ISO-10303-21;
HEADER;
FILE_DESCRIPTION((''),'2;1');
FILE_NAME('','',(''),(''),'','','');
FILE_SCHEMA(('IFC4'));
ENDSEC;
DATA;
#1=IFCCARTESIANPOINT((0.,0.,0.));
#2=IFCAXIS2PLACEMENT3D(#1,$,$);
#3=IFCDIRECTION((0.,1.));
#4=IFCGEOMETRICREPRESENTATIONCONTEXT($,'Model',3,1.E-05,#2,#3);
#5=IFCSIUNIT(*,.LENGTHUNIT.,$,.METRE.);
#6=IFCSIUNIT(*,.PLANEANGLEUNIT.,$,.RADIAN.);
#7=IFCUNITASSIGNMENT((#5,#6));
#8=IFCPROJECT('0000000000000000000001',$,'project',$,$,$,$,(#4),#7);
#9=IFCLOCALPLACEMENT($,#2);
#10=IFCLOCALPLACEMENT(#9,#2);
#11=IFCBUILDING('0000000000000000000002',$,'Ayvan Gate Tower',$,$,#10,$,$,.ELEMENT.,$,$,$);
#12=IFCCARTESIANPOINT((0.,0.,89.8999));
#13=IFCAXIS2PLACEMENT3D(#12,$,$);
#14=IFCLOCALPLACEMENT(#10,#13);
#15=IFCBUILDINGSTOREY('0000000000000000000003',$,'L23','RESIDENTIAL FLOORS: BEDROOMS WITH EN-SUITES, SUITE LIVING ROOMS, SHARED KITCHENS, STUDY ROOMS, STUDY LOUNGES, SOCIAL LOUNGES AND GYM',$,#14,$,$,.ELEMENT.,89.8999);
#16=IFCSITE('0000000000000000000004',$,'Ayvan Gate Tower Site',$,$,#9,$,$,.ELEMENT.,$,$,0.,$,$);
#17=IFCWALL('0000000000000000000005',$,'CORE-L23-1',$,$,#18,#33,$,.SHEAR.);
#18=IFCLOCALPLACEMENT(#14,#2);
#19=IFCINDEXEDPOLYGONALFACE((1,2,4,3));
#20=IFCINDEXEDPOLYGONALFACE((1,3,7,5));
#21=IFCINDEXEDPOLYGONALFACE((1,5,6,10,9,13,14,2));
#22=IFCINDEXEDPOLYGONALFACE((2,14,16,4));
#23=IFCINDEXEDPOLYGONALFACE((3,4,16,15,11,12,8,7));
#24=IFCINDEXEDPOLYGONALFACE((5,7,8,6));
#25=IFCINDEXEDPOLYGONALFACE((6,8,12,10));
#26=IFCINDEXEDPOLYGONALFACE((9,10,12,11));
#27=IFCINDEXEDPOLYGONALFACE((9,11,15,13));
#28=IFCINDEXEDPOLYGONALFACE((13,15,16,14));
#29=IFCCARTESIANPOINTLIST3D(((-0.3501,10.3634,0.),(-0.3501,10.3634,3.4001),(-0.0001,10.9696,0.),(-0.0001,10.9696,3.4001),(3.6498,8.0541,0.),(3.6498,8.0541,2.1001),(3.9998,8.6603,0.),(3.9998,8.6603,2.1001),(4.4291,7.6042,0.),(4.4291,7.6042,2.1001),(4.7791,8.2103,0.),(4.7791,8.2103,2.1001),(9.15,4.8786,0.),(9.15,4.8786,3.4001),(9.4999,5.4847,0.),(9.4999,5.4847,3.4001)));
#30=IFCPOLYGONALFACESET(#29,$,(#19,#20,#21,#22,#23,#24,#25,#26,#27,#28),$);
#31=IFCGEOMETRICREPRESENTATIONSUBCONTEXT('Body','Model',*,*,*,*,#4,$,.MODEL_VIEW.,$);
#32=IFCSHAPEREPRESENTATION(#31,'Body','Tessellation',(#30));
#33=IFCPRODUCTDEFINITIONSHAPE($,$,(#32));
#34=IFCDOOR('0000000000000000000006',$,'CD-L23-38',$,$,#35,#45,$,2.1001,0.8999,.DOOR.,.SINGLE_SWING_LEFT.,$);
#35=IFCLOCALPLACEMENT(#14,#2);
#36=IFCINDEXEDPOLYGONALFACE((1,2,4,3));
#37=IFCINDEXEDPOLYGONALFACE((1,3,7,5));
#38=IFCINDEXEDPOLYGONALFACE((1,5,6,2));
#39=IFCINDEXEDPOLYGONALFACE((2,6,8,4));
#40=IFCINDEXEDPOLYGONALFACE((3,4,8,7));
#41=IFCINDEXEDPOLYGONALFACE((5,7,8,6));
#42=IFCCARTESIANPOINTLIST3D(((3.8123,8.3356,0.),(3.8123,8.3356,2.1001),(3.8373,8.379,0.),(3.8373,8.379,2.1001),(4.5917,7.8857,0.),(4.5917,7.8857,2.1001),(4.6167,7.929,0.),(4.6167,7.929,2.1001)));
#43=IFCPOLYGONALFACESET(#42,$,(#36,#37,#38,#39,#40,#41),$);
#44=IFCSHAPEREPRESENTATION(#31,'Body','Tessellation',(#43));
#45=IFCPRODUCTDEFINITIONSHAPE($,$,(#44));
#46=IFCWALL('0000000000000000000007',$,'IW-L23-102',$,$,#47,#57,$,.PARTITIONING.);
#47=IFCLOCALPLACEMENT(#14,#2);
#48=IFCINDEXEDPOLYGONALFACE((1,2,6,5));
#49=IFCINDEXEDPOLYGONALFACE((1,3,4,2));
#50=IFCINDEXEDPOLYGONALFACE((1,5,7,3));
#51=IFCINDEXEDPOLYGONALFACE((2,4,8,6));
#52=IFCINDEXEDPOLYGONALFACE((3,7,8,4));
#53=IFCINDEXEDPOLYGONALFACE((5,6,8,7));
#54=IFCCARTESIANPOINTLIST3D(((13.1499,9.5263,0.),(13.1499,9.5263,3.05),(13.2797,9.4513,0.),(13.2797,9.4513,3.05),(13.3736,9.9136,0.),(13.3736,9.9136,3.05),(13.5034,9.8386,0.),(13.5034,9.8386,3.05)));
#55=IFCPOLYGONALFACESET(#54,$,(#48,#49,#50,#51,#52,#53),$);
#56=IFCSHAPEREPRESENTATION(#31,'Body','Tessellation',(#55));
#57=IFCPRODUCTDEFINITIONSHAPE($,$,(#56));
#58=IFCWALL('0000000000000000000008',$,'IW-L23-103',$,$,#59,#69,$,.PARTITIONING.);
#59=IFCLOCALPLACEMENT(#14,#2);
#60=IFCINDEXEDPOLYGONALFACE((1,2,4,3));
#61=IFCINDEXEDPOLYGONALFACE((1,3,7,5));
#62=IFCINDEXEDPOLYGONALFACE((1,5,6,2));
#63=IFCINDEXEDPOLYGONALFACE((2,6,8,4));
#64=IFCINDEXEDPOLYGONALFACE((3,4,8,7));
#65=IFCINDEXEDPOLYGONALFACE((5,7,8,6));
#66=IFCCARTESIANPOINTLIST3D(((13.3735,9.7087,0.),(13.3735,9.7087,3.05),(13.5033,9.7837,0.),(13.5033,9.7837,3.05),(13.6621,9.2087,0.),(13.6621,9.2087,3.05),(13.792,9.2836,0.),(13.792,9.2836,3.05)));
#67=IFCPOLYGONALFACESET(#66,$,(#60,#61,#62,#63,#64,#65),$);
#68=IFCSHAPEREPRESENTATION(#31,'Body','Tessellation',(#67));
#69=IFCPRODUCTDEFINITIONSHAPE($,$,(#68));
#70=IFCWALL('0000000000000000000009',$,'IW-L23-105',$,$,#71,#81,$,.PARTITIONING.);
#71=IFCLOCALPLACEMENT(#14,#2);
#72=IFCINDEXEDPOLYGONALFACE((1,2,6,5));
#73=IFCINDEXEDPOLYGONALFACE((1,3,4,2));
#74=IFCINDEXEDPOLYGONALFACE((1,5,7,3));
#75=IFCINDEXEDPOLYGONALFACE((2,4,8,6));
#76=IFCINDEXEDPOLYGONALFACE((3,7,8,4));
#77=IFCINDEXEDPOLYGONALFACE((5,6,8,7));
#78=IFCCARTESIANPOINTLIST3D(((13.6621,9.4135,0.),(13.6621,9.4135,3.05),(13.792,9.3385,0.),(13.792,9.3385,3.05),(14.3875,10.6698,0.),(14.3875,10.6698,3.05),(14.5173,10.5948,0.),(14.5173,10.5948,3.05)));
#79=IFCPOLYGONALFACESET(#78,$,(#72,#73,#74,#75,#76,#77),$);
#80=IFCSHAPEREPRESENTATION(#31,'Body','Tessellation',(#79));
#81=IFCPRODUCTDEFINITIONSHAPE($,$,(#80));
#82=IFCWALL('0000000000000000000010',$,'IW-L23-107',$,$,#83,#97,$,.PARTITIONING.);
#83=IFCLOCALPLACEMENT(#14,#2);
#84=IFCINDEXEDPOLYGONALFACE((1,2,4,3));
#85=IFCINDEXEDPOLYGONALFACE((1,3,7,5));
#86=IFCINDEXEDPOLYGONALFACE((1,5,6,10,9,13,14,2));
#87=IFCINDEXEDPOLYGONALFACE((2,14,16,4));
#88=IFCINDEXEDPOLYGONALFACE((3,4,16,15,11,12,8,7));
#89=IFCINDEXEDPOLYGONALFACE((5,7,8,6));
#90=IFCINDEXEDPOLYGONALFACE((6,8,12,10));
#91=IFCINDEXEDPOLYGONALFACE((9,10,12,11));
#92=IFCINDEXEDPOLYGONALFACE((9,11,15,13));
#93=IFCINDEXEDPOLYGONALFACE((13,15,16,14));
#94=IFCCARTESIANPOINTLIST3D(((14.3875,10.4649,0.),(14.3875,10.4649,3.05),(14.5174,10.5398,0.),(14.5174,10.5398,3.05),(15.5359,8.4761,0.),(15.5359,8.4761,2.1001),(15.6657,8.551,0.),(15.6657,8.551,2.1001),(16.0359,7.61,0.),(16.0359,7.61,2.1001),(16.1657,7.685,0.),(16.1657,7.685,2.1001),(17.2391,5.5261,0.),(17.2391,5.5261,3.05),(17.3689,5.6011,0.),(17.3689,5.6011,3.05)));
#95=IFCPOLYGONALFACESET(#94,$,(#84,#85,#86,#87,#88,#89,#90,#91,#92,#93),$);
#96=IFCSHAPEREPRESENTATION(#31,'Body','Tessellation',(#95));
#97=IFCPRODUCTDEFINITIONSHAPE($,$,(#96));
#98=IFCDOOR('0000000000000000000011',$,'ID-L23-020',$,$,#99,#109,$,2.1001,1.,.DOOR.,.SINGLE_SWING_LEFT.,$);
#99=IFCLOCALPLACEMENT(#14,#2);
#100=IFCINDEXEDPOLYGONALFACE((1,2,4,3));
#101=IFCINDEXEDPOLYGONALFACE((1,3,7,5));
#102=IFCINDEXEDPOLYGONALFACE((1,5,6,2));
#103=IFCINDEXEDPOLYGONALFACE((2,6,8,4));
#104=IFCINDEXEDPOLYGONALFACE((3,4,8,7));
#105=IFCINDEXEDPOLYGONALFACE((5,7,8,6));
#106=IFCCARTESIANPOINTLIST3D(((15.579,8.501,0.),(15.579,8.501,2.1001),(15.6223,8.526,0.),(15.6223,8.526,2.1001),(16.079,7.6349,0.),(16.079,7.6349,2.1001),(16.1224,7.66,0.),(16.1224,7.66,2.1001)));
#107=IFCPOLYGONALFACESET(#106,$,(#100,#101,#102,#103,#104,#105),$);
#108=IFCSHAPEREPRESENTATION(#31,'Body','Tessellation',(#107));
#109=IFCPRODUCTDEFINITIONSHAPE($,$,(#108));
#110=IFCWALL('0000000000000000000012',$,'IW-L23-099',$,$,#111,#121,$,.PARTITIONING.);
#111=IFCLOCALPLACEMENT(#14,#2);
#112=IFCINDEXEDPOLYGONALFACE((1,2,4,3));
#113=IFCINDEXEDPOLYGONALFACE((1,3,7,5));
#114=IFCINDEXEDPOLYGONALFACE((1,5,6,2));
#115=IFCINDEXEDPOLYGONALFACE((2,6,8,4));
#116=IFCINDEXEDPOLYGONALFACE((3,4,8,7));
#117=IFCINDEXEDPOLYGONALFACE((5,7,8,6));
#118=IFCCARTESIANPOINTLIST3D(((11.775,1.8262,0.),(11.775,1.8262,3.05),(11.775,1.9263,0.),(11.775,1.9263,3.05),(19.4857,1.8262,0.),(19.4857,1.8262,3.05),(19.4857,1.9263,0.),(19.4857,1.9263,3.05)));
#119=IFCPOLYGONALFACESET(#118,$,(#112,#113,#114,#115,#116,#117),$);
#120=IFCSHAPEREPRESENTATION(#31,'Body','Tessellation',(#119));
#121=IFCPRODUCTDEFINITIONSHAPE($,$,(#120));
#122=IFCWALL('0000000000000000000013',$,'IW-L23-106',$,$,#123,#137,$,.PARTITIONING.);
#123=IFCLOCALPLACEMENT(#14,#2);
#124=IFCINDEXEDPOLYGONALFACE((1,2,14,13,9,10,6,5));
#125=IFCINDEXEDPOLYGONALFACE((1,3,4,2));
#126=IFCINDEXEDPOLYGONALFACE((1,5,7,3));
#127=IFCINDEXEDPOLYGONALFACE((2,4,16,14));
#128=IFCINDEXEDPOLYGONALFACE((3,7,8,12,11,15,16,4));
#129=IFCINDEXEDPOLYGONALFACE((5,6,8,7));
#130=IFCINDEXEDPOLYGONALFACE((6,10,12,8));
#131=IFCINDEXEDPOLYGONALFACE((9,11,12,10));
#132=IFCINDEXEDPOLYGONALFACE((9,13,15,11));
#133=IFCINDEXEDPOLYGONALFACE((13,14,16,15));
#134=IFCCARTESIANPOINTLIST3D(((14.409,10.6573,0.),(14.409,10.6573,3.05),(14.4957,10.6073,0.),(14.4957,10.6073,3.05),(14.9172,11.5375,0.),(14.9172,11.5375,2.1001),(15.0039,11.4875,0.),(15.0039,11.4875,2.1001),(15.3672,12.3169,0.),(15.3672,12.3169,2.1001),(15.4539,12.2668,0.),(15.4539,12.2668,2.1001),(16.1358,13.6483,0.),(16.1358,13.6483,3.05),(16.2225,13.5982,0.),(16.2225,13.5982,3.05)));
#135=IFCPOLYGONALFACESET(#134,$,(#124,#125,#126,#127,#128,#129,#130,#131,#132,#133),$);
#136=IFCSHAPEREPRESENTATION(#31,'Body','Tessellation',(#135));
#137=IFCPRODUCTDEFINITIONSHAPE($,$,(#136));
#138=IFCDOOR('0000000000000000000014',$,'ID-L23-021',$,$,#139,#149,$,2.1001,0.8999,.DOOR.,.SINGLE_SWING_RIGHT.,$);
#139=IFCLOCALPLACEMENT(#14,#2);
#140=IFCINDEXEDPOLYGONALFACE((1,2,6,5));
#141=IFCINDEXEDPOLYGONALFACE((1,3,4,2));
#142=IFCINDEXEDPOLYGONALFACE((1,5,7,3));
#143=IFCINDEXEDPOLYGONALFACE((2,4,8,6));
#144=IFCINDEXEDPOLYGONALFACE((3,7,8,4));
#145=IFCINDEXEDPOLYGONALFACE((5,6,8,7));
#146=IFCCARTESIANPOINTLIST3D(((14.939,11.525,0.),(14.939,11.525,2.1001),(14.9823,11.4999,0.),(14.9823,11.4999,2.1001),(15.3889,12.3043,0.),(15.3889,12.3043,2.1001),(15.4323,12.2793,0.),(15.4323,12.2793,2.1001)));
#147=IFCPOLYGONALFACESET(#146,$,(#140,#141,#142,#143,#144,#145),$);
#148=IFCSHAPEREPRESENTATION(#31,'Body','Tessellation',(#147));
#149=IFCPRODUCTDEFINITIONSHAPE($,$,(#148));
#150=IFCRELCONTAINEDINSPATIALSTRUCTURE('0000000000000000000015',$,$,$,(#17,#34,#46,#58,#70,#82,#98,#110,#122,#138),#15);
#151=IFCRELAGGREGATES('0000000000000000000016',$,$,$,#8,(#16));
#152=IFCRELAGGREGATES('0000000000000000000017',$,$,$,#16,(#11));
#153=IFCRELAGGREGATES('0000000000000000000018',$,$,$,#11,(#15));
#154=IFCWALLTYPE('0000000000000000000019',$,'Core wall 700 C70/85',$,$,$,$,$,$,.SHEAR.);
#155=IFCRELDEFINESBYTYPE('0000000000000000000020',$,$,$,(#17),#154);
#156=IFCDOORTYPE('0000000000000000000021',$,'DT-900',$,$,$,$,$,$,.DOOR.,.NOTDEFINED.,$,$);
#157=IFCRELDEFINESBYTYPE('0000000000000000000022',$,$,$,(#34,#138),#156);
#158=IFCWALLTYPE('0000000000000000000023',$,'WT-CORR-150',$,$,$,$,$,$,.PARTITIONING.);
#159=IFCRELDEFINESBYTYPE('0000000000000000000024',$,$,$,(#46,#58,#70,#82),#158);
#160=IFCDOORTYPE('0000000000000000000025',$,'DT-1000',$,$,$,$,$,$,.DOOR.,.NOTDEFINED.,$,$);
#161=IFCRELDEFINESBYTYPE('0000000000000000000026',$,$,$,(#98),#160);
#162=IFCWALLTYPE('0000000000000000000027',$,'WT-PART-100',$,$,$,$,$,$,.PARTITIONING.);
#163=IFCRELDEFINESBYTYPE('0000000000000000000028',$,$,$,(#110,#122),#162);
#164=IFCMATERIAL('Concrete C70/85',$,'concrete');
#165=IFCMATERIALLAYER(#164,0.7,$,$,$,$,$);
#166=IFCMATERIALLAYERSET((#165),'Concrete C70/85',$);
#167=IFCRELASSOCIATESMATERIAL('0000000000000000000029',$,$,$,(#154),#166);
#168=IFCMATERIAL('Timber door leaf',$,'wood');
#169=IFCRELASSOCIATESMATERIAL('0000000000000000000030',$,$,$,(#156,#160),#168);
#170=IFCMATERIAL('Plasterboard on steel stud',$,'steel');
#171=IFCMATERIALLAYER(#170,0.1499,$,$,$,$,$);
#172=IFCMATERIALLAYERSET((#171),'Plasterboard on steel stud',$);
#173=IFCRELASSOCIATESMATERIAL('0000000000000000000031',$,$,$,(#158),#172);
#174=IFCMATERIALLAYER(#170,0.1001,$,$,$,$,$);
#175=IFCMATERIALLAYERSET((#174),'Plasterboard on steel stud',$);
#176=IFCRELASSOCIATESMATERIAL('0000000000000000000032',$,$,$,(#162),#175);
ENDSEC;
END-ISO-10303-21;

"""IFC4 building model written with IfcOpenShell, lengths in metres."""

from ifc_helpers import new_model, si_unit, direction, frame, frame_2d, origin, place, context, subcontext, project, spatial, rectangle, extrude, material, layer, layer_set, type_object, element, fill, save


model = new_model("IFC4")

# Units and contexts
model_context = context("Model", 3, precision=1e-05, world=origin(), true_north=direction((0.0, 1.0)))
body_context = subcontext(model_context, "Body", "Model", "MODEL_VIEW")
ifc_project = project(units=[si_unit("LENGTHUNIT", "METRE"), si_unit("PLANEANGLEUNIT", "RADIAN")], contexts=[model_context])

# Site, building, storey
site_placement = place(None, origin())
site = spatial("IfcSite", under=ifc_project, at=site_placement, Name="Ayvan Gate Tower Site", CompositionType="ELEMENT", RefElevation=0.0)
building_placement = place(site_placement, origin())
building = spatial("IfcBuilding", under=site, at=building_placement, Name="Ayvan Gate Tower", CompositionType="ELEMENT")
storey_placement = place(building_placement, frame((0.0, 0.0, 89.8999)))
storey = spatial("IfcBuildingStorey", under=building, at=storey_placement, Name="L23", Description="RESIDENTIAL FLOORS: BEDROOMS WITH EN-SUITES, SUITE LIVING ROOMS, SHARED KITCHENS, STUDY ROOMS, STUDY LOUNGES, SOCIAL LOUNGES AND GYM", CompositionType="ELEMENT", Elevation=89.8999)

# Wall, opening, door
ifc_material_1 = material(Name="Concrete C70/85", Category="concrete")
ifc_layer_1 = layer(ifc_material_1, 0.7)
ifc_layer_set_1 = layer_set([ifc_layer_1], Name="Concrete C70/85")
wall_type_1 = type_object("IfcWallType", Name="Core wall 700 C70/85", PredefinedType="SHEAR", material=ifc_layer_set_1)
wall_1_placement = place(storey_placement, frame((9.325, 5.1816, 0.0), z_axis=(0.0, 0.0, 1.0), x_axis=(-0.866024, 0.500002, 0.0)))
wall_1 = element("IfcWall", 1, at=wall_1_placement, inside=storey, type_object=wall_type_1, Name="CORE-L23-1", PredefinedType="SHEAR", context=body_context, shape_type="SweptSolid", body=[
    extrude(rectangle(XDim=10.9697, YDim=0.7, at=frame_2d((5.4849, 0.0))), origin(), (0.0, 0.0, 1.0), 3.4001),
])
opening_1_placement = place(wall_1_placement, frame((5.4512, 0.0, 0.0)))
opening_1 = element("IfcOpeningElement", 2, at=opening_1_placement, cuts=wall_1, PredefinedType="OPENING", context=body_context, shape_type="SweptSolid", body=[
    extrude(rectangle(XDim=0.8999, YDim=2.1001, at=frame_2d((0.45, 1.05))), frame((0.0, 0.3599, 0.0), z_axis=(0.0, -1.0, 0.0), x_axis=(1.0, 0.0, 0.0)), (0.0, 0.0, 1.0), 0.72),
])
ifc_material_2 = material(Name="Timber door leaf", Category="wood")
door_type_1 = type_object("IfcDoorType", Name="DT-900", OperationType="NOTDEFINED", PredefinedType="DOOR", material=ifc_material_2)
door_1_placement = place(opening_1_placement, origin())
door_1 = element("IfcDoor", 3, at=door_1_placement, inside=storey, type_object=door_type_1, Name="CD-L23-38", OperationType="SINGLE_SWING_LEFT", OverallHeight=2.1001, OverallWidth=0.8999, PredefinedType="DOOR", context=body_context, shape_type="SweptSolid", body=[
    extrude(rectangle(XDim=0.8999, YDim=2.1001, at=frame_2d((0.45, 1.05))), frame((0.0, 0.0249, 0.0), z_axis=(0.0, -1.0, 0.0), x_axis=(1.0, 0.0, 0.0)), (0.0, 0.0, 1.0), 0.05),
])
fill(opening_1, door_1)

# Walls
ifc_material_3 = material(Name="Plasterboard on steel stud", Category="steel")
ifc_layer_2 = layer(ifc_material_3, 0.1499)
ifc_layer_set_2 = layer_set([ifc_layer_2], Name="Plasterboard on steel stud")
wall_type_2 = type_object("IfcWallType", Name="WT-CORR-150", PredefinedType="PARTITIONING", material=ifc_layer_set_2)
wall_2_placement = place(storey_placement, frame((13.2148, 9.4888, 0.0), z_axis=(0.0, 0.0, 1.0), x_axis=(0.500132, 0.865949, 0.0)))
element("IfcWall", 4, at=wall_2_placement, inside=storey, type_object=wall_type_2, Name="IW-L23-102", PredefinedType="PARTITIONING", context=body_context, shape_type="SweptSolid", body=[
    extrude(rectangle(XDim=0.4473, YDim=0.1499, at=frame_2d((0.2236, 0.0))), origin(), (0.0, 0.0, 1.0), 3.05),
])
wall_3_placement = place(storey_placement, frame((13.4385, 9.7461, 0.0), z_axis=(0.0, 0.0, 1.0), x_axis=(0.499869, -0.866101, 0.0)))
element("IfcWall", 5, at=wall_3_placement, inside=storey, type_object=wall_type_2, Name="IW-L23-103", PredefinedType="PARTITIONING", context=body_context, shape_type="SweptSolid", body=[
    extrude(rectangle(XDim=0.5774, YDim=0.1499, at=frame_2d((0.2886, 0.0))), origin(), (0.0, 0.0, 1.0), 3.05),
])
wall_4_placement = place(storey_placement, frame((13.7271, 9.376, 0.0), z_axis=(0.0, 0.0, 1.0), x_axis=(0.499994, 0.866029, 0.0)))
element("IfcWall", 6, at=wall_4_placement, inside=storey, type_object=wall_type_2, Name="IW-L23-105", PredefinedType="PARTITIONING", context=body_context, shape_type="SweptSolid", body=[
    extrude(rectangle(XDim=1.4507, YDim=0.1499, at=frame_2d((0.7253, 0.0))), origin(), (0.0, 0.0, 1.0), 3.05),
])

# Wall, opening, door
wall_5_placement = place(storey_placement, frame((14.4524, 10.5024, 0.0), z_axis=(0.0, 0.0, 1.0), x_axis=(0.500025, -0.866011, 0.0)))
wall_5 = element("IfcWall", 7, at=wall_5_placement, inside=storey, type_object=wall_type_2, Name="IW-L23-107", PredefinedType="PARTITIONING", context=body_context, shape_type="SweptSolid", body=[
    extrude(rectangle(XDim=5.7029, YDim=0.1499, at=frame_2d((2.8516, 0.0))), origin(), (0.0, 0.0, 1.0), 3.05),
])
opening_2_placement = place(wall_5_placement, frame((2.2966, 0.0, 0.0)))
opening_2 = element("IfcOpeningElement", 8, at=opening_2_placement, cuts=wall_5, PredefinedType="OPENING", context=body_context, shape_type="SweptSolid", body=[
    extrude(rectangle(XDim=1.0, YDim=2.1001, at=frame_2d((0.5, 1.05))), frame((0.0, 0.085, 0.0), z_axis=(0.0, -1.0, 0.0), x_axis=(1.0, 0.0, 0.0)), (0.0, 0.0, 1.0), 0.1699),
])
door_type_2 = type_object("IfcDoorType", Name="DT-1000", OperationType="NOTDEFINED", PredefinedType="DOOR", material=ifc_material_2)
door_2_placement = place(opening_2_placement, origin())
door_2 = element("IfcDoor", 9, at=door_2_placement, inside=storey, type_object=door_type_2, Name="ID-L23-020", OperationType="SINGLE_SWING_LEFT", OverallHeight=2.1001, OverallWidth=1.0, PredefinedType="DOOR", context=body_context, shape_type="SweptSolid", body=[
    extrude(rectangle(XDim=1.0, YDim=2.1001, at=frame_2d((0.5, 1.05))), frame((0.0, 0.0249, 0.0), z_axis=(0.0, -1.0, 0.0), x_axis=(1.0, 0.0, 0.0)), (0.0, 0.0, 1.0), 0.05),
])
fill(opening_2, door_2)

# Wall
ifc_layer_3 = layer(ifc_material_3, 0.1001)
ifc_layer_set_3 = layer_set([ifc_layer_3], Name="Plasterboard on steel stud")
wall_type_3 = type_object("IfcWallType", Name="WT-PART-100", PredefinedType="PARTITIONING", material=ifc_layer_set_3)
wall_6_placement = place(storey_placement, frame((11.7749, 1.8762, 0.0), z_axis=(0.0, 0.0, 1.0), x_axis=(1.0, 0.0, 0.0)))
element("IfcWall", 10, at=wall_6_placement, inside=storey, type_object=wall_type_3, Name="IW-L23-099", PredefinedType="PARTITIONING", context=body_context, shape_type="SweptSolid", body=[
    extrude(rectangle(XDim=7.7107, YDim=0.1001, at=frame_2d((3.8555, 0.0))), origin(), (0.0, 0.0, 1.0), 3.05),
])

# Wall, opening, door
wall_7_placement = place(storey_placement, frame((14.4524, 10.6323, 0.0), z_axis=(0.0, 0.0, 1.0), x_axis=(0.499994, 0.866029, 0.0)))
wall_7 = element("IfcWall", 11, at=wall_7_placement, inside=storey, type_object=wall_type_3, Name="IW-L23-106", PredefinedType="PARTITIONING", context=body_context, shape_type="SweptSolid", body=[
    extrude(rectangle(XDim=3.4536, YDim=0.1001, at=frame_2d((1.7268, 0.0))), origin(), (0.0, 0.0, 1.0), 3.05),
])
opening_3_placement = place(wall_7_placement, frame((1.0164, 0.0, 0.0)))
opening_3 = element("IfcOpeningElement", 12, at=opening_3_placement, cuts=wall_7, PredefinedType="OPENING", context=body_context, shape_type="SweptSolid", body=[
    extrude(rectangle(XDim=0.8999, YDim=2.1001, at=frame_2d((0.45, 1.05))), frame((0.0, 0.0601, 0.0), z_axis=(0.0, -1.0, 0.0), x_axis=(1.0, 0.0, 0.0)), (0.0, 0.0, 1.0), 0.1201),
])
door_3_placement = place(opening_3_placement, origin())
door_3 = element("IfcDoor", 13, at=door_3_placement, inside=storey, type_object=door_type_1, Name="ID-L23-021", OperationType="SINGLE_SWING_RIGHT", OverallHeight=2.1001, OverallWidth=0.8999, PredefinedType="DOOR", context=body_context, shape_type="SweptSolid", body=[
    extrude(rectangle(XDim=0.8999, YDim=2.1001, at=frame_2d((0.45, 1.05))), frame((0.0, 0.0249, 0.0), z_axis=(0.0, -1.0, 0.0), x_axis=(1.0, 0.0, 0.0)), (0.0, 0.0, 1.0), 0.05),
])
fill(opening_3, door_3)

save(model, "model.ifc")
